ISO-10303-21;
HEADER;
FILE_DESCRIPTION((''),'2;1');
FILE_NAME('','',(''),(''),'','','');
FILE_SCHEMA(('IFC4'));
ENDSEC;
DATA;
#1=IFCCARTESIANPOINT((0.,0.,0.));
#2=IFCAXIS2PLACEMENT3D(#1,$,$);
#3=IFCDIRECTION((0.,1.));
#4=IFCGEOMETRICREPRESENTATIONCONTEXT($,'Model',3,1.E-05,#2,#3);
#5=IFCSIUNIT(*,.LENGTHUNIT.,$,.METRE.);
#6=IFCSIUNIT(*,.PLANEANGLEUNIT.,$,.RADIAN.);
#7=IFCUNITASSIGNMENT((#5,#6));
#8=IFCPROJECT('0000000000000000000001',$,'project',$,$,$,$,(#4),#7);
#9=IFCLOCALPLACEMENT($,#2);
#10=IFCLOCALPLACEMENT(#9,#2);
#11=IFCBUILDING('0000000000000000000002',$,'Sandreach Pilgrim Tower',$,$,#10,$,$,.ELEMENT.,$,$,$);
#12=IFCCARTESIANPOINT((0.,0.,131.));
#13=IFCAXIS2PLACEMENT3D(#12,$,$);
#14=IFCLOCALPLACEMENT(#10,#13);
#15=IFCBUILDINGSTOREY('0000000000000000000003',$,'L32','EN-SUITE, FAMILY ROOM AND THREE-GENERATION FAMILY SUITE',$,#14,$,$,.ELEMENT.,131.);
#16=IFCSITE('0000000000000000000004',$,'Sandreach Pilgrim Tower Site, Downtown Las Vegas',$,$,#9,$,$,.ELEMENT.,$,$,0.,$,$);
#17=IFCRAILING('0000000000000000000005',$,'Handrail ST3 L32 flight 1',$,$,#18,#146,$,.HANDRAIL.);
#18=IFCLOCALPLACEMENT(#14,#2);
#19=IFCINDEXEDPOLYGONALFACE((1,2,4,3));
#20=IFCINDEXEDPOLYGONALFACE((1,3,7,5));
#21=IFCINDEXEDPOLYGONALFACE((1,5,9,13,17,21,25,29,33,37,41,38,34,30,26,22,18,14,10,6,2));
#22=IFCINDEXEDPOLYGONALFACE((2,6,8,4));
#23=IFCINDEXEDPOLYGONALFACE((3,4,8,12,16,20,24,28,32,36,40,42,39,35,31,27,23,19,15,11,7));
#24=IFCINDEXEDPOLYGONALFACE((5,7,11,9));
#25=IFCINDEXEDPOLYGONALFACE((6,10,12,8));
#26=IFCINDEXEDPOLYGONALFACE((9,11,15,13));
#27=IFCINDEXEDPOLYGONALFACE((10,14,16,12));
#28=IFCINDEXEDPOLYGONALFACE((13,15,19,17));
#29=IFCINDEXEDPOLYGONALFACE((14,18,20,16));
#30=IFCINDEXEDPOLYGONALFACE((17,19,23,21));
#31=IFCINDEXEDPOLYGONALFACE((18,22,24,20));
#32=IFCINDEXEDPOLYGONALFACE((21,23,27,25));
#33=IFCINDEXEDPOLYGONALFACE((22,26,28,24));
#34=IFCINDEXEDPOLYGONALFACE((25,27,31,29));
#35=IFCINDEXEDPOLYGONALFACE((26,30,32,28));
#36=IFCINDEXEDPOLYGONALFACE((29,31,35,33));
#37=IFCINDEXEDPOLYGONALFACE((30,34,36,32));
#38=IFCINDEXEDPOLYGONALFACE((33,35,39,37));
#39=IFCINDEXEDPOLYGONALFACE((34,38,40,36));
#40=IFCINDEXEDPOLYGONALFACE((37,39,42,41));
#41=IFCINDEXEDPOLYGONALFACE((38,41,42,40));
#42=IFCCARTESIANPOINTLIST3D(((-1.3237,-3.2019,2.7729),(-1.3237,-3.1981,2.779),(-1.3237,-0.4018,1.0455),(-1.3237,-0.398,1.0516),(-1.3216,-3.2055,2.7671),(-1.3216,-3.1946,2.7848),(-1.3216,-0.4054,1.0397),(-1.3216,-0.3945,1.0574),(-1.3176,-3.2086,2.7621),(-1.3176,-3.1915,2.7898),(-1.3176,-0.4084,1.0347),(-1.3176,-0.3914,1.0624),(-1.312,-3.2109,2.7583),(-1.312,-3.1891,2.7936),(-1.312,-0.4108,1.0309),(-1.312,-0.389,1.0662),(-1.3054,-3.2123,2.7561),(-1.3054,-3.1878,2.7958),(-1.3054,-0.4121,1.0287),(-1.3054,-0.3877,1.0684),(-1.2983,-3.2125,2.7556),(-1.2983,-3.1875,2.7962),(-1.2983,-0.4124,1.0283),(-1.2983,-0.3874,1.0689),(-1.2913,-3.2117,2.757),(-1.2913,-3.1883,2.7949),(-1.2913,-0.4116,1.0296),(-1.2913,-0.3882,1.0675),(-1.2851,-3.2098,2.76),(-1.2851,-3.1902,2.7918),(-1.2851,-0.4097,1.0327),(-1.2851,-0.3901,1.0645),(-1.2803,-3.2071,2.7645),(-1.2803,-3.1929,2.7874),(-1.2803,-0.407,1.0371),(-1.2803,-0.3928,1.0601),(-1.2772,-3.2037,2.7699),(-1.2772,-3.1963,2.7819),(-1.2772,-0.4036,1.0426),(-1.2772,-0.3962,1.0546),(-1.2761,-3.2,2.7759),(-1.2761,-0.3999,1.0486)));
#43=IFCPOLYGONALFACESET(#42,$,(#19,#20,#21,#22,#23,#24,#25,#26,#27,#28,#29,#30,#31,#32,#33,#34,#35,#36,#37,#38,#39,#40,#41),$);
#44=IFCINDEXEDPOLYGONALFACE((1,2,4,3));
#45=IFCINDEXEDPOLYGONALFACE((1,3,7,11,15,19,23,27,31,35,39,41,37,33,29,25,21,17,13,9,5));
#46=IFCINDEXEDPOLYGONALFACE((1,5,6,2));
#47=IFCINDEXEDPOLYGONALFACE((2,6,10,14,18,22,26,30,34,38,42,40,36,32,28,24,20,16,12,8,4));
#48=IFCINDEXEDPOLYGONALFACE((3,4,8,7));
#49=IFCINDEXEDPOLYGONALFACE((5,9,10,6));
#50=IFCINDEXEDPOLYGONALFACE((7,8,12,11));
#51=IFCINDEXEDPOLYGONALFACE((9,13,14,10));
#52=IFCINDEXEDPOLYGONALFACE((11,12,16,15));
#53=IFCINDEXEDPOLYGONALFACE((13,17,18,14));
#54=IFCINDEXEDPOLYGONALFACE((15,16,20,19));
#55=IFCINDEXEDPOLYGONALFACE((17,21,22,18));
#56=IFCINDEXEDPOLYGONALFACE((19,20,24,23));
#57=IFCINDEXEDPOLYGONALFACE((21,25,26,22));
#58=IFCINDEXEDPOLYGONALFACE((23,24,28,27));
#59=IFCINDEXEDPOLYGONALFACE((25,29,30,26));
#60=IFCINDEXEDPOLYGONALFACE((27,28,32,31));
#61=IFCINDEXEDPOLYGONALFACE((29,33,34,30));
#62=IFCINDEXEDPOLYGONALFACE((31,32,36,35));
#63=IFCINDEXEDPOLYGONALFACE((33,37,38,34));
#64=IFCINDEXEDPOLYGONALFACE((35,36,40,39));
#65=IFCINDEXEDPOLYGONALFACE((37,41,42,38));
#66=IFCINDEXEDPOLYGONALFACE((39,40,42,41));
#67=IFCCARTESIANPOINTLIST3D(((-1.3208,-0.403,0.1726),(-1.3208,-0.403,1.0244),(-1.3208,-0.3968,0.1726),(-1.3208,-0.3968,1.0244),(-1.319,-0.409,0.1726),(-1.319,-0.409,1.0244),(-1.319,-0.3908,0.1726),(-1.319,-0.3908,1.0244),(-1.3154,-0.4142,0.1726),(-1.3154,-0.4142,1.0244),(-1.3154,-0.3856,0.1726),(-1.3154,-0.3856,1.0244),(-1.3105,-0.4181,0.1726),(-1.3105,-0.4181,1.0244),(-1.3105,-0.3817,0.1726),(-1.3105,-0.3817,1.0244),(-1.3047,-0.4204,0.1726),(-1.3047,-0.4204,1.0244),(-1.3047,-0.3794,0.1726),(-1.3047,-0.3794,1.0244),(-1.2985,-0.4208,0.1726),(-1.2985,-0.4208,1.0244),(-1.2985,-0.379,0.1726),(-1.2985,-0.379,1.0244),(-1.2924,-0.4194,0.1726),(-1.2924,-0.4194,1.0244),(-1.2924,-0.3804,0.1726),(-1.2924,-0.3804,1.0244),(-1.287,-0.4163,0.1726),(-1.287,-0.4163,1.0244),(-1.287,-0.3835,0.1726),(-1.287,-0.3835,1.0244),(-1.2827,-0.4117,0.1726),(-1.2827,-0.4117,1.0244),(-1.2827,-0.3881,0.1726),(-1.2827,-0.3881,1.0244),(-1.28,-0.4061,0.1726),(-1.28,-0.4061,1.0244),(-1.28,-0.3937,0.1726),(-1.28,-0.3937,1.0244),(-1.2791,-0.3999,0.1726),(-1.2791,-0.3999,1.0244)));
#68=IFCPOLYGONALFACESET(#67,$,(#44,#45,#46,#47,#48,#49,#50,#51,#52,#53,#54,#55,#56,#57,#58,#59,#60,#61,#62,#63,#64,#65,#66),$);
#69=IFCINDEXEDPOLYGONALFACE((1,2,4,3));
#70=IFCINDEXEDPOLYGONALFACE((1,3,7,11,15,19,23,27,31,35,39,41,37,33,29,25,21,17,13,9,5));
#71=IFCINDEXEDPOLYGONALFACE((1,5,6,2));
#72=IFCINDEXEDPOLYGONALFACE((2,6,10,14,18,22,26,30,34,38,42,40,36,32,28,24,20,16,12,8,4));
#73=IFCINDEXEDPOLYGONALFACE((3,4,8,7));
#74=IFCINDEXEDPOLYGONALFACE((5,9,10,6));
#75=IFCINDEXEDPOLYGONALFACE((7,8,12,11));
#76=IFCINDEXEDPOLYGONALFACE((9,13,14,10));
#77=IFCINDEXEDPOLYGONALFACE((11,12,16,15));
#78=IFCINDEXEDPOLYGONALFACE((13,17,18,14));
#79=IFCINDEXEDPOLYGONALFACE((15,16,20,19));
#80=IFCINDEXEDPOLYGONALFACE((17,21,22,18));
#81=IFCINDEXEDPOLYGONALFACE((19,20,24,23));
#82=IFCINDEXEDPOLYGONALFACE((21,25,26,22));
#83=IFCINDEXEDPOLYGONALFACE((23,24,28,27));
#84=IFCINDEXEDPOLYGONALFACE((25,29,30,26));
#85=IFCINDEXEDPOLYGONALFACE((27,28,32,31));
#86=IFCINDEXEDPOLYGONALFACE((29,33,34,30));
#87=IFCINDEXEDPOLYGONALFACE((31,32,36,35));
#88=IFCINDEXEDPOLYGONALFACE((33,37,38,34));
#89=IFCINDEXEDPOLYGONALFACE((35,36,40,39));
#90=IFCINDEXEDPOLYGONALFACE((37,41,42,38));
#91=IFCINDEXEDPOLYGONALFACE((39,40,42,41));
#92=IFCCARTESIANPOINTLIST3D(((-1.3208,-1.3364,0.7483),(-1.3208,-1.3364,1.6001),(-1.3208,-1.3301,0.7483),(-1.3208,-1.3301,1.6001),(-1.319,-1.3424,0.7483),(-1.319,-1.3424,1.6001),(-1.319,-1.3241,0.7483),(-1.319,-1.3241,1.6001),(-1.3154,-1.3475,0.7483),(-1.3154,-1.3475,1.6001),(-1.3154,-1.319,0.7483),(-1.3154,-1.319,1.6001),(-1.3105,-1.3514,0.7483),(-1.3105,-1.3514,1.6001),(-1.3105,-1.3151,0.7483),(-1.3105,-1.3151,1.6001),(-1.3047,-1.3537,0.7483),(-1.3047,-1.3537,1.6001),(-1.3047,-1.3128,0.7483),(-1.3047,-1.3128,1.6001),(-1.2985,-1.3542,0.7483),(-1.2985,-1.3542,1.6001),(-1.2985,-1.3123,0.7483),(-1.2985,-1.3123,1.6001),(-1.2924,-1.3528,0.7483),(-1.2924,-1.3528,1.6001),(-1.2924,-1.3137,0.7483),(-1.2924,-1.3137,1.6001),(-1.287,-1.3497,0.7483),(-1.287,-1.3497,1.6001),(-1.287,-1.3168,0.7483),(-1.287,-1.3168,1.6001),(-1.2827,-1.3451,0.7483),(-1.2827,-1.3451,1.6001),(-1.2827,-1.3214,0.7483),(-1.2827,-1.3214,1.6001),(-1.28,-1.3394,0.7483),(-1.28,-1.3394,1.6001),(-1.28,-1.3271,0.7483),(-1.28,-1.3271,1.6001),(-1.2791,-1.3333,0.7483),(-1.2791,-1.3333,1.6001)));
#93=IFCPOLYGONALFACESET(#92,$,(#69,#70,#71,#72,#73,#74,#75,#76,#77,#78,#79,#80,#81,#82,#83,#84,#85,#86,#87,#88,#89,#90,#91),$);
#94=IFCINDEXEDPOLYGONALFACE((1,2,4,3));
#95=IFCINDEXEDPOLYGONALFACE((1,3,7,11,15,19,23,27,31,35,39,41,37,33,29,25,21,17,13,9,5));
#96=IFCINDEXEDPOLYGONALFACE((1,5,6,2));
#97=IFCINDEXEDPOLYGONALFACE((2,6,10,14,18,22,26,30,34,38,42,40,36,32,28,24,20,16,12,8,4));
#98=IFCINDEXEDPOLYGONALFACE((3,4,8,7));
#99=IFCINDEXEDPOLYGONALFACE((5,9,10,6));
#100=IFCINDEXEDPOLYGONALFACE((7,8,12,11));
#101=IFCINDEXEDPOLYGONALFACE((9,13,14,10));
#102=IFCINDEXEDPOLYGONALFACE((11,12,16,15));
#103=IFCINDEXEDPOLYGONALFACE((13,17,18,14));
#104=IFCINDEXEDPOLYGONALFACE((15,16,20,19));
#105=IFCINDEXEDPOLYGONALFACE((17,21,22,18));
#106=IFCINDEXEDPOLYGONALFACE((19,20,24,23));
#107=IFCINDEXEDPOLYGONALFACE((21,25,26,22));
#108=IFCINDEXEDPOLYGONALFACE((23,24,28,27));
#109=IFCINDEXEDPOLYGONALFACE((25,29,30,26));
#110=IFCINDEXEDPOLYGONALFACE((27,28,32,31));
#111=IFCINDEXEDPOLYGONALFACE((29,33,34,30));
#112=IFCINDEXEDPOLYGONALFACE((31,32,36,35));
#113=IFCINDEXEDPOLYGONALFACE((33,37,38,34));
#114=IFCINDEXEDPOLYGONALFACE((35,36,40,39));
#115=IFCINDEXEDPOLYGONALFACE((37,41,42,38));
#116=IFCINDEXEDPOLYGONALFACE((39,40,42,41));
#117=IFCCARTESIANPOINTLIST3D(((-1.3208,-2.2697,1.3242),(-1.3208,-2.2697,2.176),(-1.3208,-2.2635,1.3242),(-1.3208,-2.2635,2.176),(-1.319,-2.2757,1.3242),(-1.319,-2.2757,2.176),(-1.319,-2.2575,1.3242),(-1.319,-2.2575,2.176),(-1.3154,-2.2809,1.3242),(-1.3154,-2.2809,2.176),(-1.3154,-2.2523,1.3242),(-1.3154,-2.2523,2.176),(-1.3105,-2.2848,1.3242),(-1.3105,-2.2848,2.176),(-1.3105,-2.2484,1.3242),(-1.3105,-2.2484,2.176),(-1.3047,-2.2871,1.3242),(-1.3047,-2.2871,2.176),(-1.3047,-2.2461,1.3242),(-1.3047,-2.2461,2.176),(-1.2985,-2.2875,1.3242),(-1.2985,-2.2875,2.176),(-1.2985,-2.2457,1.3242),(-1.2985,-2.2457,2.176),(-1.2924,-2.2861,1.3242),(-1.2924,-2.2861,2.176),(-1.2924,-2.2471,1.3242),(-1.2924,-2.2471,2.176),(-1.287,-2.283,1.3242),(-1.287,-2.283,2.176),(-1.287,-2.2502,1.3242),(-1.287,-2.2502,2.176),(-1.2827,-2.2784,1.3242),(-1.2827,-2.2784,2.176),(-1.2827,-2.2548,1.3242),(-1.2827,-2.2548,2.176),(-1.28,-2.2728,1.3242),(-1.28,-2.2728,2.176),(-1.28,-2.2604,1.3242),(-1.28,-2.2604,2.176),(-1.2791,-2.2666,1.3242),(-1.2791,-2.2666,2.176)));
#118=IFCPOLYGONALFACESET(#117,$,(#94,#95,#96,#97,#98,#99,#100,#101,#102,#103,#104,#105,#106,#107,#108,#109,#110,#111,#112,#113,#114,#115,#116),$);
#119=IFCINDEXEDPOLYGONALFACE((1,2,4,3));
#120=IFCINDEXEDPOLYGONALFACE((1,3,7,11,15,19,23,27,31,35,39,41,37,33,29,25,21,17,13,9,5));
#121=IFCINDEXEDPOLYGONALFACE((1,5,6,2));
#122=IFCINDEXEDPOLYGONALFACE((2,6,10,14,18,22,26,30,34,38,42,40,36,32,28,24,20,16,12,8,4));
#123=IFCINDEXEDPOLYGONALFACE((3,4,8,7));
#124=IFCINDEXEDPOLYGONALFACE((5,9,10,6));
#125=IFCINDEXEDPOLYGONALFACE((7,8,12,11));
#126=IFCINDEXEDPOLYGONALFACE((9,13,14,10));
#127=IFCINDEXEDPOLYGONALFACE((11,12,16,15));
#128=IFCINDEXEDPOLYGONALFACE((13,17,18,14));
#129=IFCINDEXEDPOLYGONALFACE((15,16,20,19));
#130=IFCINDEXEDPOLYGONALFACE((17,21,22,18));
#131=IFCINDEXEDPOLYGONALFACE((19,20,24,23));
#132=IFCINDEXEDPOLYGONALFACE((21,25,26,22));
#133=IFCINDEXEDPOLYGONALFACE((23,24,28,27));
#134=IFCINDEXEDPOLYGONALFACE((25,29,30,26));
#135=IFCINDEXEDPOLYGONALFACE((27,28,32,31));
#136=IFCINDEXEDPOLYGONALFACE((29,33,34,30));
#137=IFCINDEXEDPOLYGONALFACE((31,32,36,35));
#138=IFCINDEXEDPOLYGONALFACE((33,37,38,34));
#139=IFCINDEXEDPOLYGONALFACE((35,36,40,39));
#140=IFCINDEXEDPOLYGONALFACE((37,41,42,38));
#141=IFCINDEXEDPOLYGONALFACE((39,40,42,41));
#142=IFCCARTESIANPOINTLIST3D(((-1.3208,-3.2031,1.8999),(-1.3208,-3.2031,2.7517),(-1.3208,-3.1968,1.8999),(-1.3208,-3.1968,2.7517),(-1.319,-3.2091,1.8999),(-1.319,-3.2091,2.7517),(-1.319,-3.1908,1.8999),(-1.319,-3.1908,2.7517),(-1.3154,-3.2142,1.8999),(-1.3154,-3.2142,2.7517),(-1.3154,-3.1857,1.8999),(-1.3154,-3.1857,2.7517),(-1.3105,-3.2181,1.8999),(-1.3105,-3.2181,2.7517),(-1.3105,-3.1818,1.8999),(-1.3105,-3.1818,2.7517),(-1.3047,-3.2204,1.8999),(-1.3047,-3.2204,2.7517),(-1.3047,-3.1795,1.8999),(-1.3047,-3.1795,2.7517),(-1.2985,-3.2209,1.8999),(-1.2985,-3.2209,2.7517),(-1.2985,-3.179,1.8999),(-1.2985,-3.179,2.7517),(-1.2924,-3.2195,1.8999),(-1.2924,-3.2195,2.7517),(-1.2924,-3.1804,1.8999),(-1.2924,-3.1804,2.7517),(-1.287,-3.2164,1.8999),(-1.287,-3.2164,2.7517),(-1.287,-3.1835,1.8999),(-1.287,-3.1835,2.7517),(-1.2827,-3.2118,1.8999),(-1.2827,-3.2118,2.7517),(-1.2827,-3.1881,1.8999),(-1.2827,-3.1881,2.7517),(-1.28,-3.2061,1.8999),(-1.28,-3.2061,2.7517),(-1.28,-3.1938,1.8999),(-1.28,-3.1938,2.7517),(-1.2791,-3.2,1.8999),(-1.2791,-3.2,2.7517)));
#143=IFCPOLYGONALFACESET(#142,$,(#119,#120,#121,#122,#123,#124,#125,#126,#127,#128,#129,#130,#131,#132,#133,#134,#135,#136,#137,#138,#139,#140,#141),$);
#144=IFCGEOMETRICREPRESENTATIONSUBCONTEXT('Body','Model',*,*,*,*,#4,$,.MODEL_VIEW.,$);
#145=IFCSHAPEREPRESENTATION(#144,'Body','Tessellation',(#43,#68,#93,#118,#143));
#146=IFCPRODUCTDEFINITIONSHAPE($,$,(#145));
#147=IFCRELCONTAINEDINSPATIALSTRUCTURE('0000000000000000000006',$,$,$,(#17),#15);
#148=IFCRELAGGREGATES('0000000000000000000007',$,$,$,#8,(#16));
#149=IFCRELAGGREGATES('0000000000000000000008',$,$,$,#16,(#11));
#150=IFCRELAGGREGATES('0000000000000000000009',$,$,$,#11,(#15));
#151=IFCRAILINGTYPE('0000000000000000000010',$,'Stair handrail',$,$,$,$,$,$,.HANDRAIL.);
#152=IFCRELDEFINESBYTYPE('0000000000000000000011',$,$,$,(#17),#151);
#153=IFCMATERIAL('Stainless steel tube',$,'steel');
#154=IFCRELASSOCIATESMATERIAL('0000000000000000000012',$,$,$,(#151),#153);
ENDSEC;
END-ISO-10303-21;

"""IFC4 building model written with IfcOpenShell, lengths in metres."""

from ifc_helpers import new_model, si_unit, direction, frame, origin, origin_2d, place, context, subcontext, project, spatial, circle, extrude, material, type_object, element, save


model = new_model("IFC4")

# Units and contexts
model_context = context("Model", 3, precision=1e-05, world=origin(), true_north=direction((0.0, 1.0)))
body_context = subcontext(model_context, "Body", "Model", "MODEL_VIEW")
ifc_project = project(units=[si_unit("LENGTHUNIT", "METRE"), si_unit("PLANEANGLEUNIT", "RADIAN")], contexts=[model_context])

# Site, building, storey
site_placement = place(None, origin())
site = spatial("IfcSite", under=ifc_project, at=site_placement, Name="Sandreach Pilgrim Tower Site, Downtown Las Vegas", CompositionType="ELEMENT", RefElevation=0.0)
building_placement = place(site_placement, origin())
building = spatial("IfcBuilding", under=site, at=building_placement, Name="Sandreach Pilgrim Tower", CompositionType="ELEMENT")
storey_placement = place(building_placement, frame((0.0, 0.0, 131.0)))
storey = spatial("IfcBuildingStorey", under=building, at=storey_placement, Name="L32", Description="EN-SUITE, FAMILY ROOM AND THREE-GENERATION FAMILY SUITE", CompositionType="ELEMENT", Elevation=131.0)

# Railing
ifc_material_1 = material(Name="Stainless steel tube", Category="steel")
railing_type = type_object("IfcRailingType", Name="Stair handrail", PredefinedType="HANDRAIL", material=ifc_material_1)
railing_placement = place(storey_placement, frame((-1.3, -0.3999, 0.1726)))
element("IfcRailing", 1, at=railing_placement, inside=storey, type_object=railing_type, Name="Handrail ST3 L32 flight 1", PredefinedType="HANDRAIL", context=body_context, shape_type="SweptSolid", body=[
    extrude(circle(Radius=0.0239, at=origin_2d()), frame((0.0, 0.0, 0.876), z_axis=(0.0, -0.85109, 0.52502), x_axis=(1.0, 0.0, 0.0)), (0.0, 0.0, 1.0), 3.29),
    extrude(circle(Radius=0.021, at=origin_2d()), origin(), (0.0, 0.0, 1.0), 0.8518),
    extrude(circle(Radius=0.021, at=origin_2d()), frame((0.0, -0.9333, 0.5757)), (0.0, 0.0, 1.0), 0.8518),
    extrude(circle(Radius=0.021, at=origin_2d()), frame((0.0, -1.8667, 1.1516)), (0.0, 0.0, 1.0), 0.8518),
    extrude(circle(Radius=0.021, at=origin_2d()), frame((0.0, -2.8, 1.7273)), (0.0, 0.0, 1.0), 0.8518),
])

save(model, "model.ifc")
